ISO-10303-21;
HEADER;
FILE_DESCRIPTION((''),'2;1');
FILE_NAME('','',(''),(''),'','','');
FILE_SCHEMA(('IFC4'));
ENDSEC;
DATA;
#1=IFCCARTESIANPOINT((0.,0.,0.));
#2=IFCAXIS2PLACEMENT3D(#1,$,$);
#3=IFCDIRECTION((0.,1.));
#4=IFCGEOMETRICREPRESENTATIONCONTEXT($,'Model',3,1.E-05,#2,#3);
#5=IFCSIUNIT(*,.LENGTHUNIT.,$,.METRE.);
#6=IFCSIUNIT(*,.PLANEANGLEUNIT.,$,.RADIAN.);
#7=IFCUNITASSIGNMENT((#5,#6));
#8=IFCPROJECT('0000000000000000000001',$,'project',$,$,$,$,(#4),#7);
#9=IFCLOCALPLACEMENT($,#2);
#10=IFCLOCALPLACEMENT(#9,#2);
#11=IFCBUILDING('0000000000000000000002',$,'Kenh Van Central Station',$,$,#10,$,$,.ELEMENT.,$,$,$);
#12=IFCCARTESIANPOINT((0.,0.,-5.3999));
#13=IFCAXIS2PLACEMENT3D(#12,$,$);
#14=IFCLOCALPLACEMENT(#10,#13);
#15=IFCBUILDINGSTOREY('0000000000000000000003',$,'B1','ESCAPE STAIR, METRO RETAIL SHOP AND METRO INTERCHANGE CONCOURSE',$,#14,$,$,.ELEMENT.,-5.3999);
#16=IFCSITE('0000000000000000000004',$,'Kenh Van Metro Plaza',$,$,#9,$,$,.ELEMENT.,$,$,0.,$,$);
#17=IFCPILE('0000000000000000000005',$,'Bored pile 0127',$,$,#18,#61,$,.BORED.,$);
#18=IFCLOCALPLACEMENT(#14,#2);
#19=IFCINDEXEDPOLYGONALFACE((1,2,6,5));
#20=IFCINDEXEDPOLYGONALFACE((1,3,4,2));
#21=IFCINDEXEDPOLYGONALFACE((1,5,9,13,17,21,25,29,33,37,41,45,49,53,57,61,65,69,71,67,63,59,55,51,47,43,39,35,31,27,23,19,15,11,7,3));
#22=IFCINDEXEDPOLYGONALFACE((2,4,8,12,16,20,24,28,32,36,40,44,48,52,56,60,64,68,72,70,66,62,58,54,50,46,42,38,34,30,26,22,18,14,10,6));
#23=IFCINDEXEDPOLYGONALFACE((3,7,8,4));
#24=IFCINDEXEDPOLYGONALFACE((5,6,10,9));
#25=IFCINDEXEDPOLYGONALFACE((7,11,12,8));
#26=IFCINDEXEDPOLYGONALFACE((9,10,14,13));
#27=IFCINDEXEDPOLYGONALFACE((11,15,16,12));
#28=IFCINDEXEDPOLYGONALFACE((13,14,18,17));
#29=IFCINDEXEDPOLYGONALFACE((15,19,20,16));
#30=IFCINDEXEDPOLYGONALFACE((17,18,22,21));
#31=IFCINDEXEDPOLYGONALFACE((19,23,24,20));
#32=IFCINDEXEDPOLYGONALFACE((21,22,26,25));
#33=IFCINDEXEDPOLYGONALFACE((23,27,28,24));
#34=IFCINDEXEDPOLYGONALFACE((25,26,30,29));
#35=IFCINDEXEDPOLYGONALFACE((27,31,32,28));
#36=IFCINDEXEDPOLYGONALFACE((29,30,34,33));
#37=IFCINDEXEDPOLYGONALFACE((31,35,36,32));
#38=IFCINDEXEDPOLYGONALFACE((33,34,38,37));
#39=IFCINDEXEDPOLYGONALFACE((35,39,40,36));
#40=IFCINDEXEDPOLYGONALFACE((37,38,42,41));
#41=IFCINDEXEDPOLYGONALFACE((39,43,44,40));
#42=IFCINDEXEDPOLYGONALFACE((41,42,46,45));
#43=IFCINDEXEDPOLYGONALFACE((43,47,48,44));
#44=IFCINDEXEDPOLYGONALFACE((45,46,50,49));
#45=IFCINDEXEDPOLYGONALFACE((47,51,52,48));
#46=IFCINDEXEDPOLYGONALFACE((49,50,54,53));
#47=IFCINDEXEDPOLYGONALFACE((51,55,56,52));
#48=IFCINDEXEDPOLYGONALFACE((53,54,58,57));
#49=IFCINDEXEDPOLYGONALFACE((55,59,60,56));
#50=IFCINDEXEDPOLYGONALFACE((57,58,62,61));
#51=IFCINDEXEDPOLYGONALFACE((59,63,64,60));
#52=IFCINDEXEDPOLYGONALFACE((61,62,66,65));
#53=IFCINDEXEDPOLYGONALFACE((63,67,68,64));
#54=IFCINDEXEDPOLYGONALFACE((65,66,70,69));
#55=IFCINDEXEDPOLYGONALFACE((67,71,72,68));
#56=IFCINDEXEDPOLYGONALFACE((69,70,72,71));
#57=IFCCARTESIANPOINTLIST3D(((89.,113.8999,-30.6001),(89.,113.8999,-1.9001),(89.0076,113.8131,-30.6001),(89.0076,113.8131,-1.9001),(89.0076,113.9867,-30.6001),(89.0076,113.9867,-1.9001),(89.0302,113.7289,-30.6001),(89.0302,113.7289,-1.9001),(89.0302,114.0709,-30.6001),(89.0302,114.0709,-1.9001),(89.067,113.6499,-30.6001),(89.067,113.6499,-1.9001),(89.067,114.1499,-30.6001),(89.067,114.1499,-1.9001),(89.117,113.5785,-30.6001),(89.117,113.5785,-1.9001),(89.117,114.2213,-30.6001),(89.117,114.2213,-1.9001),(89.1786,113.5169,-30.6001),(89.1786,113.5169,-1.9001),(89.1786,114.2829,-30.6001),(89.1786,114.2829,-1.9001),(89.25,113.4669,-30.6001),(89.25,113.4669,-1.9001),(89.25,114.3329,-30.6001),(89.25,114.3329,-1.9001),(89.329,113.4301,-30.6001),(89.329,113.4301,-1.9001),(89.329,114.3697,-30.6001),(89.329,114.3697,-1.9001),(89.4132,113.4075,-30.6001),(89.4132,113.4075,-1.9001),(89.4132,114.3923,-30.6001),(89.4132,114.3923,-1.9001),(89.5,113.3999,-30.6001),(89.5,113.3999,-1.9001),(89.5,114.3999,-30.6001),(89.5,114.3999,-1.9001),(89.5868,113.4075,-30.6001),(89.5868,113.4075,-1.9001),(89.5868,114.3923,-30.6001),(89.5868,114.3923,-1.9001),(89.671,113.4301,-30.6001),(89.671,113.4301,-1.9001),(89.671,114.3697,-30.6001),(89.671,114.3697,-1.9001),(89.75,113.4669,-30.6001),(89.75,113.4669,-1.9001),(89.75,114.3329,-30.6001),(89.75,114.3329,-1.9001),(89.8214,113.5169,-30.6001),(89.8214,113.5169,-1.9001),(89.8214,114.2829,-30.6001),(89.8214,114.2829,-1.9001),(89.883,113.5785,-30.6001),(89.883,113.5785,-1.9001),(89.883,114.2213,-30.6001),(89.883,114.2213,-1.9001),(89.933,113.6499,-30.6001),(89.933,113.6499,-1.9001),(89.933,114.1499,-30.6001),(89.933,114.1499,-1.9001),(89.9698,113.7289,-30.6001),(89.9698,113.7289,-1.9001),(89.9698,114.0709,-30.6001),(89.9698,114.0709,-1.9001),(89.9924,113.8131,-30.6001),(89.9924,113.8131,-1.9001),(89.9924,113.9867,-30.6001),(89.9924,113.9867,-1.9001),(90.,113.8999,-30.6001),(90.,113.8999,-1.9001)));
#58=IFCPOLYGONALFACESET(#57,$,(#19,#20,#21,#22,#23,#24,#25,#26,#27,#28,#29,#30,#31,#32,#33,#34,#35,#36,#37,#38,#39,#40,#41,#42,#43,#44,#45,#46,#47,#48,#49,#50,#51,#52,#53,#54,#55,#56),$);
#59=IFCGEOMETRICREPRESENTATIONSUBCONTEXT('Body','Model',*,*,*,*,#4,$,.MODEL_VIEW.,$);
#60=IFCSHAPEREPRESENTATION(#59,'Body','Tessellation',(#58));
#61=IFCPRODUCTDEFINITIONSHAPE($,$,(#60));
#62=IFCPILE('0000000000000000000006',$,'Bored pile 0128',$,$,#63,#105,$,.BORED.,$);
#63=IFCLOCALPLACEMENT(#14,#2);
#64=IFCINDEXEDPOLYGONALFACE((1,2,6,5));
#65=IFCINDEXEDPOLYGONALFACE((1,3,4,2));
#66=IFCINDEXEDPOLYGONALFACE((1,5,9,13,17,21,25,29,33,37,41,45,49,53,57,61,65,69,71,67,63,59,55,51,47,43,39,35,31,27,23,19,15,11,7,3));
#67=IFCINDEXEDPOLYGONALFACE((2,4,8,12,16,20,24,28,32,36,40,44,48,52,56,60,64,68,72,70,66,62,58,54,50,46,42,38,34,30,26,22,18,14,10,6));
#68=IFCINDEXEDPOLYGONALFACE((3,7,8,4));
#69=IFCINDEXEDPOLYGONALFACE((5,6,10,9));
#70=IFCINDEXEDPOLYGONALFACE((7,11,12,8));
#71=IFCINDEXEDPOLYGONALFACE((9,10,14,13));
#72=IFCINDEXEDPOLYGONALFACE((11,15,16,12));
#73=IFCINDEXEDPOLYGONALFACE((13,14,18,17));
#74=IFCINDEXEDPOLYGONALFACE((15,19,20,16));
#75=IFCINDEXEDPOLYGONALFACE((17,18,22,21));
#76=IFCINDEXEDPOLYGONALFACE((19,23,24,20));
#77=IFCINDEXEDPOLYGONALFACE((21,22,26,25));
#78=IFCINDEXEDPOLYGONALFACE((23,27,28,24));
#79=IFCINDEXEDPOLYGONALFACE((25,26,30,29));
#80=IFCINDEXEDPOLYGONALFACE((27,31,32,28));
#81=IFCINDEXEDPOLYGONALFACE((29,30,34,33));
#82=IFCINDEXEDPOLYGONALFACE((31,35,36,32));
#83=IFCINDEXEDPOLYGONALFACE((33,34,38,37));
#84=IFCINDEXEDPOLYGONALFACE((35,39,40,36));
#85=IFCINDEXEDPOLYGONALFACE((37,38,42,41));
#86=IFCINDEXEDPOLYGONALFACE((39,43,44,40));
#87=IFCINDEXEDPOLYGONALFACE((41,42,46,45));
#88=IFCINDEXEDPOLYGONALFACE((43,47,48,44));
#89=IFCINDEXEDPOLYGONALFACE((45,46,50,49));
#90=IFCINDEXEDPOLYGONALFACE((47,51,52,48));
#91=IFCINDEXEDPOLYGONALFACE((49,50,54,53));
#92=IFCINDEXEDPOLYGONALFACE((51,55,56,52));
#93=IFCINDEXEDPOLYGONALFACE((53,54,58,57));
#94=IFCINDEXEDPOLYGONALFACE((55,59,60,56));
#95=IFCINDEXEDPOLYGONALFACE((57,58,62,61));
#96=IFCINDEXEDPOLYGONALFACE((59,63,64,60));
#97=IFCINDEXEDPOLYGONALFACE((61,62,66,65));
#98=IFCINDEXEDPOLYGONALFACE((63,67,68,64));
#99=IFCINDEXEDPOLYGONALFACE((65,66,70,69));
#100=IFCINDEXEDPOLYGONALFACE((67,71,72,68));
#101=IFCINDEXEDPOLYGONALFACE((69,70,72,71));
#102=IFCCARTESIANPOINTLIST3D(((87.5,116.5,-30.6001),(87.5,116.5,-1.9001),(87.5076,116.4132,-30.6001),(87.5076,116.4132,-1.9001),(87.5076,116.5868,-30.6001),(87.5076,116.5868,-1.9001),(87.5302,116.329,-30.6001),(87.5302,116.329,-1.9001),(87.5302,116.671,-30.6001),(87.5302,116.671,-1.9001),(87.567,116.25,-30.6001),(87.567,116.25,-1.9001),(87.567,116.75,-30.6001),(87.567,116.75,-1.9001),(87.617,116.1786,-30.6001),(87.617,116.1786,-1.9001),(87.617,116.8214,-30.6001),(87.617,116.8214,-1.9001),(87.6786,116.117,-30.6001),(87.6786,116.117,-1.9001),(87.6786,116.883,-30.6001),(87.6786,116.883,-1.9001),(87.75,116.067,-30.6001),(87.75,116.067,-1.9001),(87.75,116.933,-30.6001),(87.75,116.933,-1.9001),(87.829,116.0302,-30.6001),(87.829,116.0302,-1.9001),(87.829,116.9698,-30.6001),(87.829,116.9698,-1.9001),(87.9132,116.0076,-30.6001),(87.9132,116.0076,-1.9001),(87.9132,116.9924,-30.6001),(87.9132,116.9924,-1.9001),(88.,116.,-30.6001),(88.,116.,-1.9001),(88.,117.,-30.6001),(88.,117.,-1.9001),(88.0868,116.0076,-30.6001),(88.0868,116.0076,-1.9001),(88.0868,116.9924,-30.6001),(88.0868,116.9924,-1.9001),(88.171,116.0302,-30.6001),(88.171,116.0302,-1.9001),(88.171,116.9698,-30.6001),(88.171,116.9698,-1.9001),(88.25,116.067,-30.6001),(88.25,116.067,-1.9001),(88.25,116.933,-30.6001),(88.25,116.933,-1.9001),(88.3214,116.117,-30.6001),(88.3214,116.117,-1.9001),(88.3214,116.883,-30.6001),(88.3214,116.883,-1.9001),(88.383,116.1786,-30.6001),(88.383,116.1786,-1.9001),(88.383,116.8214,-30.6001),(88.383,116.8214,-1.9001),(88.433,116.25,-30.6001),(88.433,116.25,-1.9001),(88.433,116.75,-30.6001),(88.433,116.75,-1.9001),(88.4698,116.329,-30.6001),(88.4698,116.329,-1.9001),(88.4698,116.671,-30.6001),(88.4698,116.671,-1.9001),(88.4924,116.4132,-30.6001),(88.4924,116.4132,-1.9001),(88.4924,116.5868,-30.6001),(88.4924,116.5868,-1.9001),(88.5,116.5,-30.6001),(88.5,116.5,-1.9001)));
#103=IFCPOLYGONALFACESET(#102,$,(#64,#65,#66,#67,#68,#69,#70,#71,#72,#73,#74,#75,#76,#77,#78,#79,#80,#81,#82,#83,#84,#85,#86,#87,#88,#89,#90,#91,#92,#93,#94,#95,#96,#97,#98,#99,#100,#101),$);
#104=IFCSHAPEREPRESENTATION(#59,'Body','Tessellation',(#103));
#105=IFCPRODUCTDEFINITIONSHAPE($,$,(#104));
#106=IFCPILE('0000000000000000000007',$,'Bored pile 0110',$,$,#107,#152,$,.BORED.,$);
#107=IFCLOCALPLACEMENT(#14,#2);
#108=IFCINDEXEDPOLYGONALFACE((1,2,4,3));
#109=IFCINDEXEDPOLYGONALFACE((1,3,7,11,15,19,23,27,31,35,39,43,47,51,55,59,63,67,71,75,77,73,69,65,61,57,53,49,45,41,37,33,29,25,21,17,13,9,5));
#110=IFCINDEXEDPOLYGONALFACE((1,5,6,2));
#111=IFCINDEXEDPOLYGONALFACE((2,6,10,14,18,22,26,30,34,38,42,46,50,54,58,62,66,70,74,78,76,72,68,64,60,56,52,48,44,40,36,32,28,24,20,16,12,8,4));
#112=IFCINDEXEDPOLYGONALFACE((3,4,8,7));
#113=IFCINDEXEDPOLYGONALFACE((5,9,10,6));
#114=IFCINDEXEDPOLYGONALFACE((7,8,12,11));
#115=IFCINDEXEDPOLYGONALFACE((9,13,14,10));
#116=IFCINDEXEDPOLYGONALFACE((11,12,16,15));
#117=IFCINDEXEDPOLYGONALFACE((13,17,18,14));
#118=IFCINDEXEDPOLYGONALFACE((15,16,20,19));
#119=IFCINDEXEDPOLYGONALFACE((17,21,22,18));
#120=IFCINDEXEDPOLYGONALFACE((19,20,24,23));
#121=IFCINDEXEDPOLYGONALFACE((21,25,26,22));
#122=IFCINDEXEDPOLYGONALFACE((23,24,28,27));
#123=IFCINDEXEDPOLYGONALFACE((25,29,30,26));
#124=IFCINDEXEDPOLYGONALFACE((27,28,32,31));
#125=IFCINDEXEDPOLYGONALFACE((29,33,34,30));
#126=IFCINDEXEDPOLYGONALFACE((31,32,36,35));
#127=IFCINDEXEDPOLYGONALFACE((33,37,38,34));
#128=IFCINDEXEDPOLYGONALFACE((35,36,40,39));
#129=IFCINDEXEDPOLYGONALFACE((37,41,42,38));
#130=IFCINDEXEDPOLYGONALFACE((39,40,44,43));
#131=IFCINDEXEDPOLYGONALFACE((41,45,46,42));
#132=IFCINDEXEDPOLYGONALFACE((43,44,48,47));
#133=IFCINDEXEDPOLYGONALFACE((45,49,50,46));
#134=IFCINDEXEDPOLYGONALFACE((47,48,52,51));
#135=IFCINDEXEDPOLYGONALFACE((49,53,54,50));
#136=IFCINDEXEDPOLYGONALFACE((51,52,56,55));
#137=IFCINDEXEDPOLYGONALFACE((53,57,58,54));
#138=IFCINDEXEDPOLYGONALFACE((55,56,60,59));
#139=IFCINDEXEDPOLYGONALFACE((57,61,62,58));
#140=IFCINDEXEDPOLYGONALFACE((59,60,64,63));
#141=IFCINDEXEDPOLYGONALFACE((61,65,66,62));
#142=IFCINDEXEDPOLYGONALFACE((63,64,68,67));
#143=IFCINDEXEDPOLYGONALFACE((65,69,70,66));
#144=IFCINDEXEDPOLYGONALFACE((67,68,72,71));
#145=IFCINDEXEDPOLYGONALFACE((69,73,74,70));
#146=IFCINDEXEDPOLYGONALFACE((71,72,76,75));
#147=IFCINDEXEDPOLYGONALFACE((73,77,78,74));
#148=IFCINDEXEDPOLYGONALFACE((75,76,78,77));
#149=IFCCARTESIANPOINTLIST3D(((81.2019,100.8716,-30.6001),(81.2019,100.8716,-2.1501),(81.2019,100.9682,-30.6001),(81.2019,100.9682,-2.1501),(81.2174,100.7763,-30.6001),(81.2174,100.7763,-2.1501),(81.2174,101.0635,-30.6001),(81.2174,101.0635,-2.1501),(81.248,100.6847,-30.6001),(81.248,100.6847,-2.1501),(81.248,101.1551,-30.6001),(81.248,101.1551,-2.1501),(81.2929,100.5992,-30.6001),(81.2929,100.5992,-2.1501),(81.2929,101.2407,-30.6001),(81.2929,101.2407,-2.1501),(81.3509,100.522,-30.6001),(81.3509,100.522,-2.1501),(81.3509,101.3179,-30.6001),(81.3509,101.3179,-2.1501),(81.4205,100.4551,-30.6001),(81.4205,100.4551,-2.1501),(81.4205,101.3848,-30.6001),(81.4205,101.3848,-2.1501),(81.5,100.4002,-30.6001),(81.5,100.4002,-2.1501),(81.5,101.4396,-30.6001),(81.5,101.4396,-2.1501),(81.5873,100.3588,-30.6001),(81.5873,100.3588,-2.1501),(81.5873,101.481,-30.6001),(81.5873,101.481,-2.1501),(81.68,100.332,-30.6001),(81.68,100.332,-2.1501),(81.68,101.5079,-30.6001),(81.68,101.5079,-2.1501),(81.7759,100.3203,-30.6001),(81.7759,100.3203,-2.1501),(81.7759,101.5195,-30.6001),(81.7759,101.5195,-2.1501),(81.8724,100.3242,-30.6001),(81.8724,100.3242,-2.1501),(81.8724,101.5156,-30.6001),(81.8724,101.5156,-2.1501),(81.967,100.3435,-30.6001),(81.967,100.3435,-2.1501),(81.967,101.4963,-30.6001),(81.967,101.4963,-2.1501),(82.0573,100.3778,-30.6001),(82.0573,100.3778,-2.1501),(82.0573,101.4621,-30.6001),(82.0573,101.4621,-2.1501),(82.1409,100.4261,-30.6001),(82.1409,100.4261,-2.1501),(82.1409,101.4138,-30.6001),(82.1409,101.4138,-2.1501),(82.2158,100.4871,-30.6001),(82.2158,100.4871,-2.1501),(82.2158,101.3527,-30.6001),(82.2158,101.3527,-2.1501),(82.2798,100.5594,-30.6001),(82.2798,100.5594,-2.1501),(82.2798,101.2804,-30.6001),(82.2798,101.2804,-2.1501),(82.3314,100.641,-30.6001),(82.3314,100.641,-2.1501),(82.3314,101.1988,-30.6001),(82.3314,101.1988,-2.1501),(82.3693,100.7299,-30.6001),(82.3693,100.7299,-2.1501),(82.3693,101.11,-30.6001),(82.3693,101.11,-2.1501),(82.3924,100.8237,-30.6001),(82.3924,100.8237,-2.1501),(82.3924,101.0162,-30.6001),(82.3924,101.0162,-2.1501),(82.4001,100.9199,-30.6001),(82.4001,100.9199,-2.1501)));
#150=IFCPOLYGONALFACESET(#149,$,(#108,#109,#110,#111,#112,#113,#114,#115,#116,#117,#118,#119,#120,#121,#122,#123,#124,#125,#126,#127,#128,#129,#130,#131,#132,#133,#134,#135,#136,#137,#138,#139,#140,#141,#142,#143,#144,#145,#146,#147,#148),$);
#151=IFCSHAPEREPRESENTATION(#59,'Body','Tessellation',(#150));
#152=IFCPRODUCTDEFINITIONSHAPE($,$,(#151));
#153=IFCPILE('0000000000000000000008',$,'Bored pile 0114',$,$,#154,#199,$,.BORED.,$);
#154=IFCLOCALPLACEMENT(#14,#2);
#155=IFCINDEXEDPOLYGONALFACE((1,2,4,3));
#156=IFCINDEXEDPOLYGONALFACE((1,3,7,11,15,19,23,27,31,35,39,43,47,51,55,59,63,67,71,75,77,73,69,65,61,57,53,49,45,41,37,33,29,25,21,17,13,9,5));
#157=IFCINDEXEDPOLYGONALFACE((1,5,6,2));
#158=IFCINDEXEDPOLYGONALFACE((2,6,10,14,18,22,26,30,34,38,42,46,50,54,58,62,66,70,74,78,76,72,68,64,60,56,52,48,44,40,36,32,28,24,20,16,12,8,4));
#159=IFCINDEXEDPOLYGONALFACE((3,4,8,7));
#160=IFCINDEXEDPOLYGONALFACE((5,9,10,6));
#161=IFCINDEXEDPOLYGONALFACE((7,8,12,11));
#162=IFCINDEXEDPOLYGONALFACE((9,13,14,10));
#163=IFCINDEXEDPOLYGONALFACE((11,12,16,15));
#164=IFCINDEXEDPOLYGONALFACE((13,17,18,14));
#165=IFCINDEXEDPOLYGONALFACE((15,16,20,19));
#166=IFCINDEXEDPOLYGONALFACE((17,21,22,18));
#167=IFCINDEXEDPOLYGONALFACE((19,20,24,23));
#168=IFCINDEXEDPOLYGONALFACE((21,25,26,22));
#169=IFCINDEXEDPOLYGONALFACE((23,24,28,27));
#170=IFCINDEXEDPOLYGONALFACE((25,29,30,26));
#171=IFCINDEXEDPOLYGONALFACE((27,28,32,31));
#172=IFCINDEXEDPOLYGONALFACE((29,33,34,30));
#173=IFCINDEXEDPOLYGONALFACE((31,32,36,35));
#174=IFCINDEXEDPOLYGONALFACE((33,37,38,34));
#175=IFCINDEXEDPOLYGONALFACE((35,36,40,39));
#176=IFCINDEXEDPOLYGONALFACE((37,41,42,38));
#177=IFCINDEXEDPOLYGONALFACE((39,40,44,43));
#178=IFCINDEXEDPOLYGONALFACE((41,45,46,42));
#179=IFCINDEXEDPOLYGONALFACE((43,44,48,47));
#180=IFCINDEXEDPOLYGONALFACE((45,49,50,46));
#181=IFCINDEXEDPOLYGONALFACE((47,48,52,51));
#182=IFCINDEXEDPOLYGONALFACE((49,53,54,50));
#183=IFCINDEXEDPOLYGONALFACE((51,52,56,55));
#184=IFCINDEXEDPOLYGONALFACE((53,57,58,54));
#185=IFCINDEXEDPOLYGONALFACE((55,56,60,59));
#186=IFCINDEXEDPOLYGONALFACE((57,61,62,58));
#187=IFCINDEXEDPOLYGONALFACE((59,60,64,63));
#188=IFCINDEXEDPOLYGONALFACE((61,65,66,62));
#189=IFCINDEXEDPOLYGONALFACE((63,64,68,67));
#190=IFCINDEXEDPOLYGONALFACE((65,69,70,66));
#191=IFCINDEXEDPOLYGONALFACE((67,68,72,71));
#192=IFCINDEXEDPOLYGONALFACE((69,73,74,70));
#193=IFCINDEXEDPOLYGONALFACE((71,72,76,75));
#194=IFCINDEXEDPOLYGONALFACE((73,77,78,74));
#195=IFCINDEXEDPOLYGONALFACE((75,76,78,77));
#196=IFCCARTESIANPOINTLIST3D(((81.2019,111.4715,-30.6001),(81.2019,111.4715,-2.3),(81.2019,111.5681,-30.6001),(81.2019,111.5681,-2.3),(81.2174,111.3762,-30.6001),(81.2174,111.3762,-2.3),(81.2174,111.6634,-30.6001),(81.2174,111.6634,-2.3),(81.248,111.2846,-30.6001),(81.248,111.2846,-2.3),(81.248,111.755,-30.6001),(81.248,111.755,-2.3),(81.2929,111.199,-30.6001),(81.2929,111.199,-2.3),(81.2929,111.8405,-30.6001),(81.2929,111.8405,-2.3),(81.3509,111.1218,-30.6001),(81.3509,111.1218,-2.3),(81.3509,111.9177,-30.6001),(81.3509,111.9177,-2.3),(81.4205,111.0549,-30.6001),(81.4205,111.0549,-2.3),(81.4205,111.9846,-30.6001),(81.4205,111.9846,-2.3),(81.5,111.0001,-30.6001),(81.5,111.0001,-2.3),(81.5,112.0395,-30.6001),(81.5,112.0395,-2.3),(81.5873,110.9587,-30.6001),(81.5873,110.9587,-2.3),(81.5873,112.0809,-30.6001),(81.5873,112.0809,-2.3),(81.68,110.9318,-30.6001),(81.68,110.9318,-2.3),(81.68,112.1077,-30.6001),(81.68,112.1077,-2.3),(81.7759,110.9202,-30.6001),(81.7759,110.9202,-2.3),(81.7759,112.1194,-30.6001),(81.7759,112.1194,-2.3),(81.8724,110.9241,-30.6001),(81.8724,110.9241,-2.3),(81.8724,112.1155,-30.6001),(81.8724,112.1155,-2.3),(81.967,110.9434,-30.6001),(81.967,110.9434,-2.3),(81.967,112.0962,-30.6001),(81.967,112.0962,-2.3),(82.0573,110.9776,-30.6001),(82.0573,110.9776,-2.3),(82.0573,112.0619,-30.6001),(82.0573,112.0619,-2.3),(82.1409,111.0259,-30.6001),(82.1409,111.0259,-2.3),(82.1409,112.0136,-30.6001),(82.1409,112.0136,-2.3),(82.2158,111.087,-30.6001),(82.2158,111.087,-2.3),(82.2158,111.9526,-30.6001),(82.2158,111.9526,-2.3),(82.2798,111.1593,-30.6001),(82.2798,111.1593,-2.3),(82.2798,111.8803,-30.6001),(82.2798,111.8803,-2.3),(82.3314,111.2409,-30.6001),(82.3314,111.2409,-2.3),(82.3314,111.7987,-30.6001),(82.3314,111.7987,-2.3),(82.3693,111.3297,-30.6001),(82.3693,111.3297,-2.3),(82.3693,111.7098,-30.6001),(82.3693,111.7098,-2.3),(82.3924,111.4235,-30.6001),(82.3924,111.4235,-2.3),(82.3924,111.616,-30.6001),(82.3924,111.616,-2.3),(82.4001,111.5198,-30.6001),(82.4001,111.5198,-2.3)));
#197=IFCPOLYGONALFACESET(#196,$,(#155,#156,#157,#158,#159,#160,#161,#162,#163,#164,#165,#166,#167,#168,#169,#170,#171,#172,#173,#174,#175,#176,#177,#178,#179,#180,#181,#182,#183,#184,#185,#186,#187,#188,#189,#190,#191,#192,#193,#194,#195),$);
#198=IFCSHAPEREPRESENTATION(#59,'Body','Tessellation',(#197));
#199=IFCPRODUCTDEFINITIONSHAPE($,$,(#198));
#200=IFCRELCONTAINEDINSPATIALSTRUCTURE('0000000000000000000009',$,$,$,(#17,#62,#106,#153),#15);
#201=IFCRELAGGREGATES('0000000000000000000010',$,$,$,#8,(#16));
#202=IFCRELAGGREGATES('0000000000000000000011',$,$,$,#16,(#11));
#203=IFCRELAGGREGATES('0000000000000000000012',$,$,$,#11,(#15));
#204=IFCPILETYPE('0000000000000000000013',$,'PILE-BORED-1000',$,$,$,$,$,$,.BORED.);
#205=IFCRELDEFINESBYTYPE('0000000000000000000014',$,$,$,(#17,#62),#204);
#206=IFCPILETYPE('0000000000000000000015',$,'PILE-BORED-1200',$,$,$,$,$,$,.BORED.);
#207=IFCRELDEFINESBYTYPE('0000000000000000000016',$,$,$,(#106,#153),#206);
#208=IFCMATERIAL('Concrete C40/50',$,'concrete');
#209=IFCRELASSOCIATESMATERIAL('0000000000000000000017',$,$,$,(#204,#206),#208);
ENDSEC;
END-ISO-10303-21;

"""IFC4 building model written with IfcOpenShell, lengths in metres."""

from ifc_helpers import new_model, si_unit, direction, frame, origin, origin_2d, place, context, subcontext, project, spatial, circle, extrude, material, material_profile, profile_set, type_object, element, save


model = new_model("IFC4")

# Units and contexts
model_context = context("Model", 3, precision=1e-05, world=origin(), true_north=direction((0.0, 1.0)))
body_context = subcontext(model_context, "Body", "Model", "MODEL_VIEW")
ifc_project = project(units=[si_unit("LENGTHUNIT", "METRE"), si_unit("PLANEANGLEUNIT", "RADIAN")], contexts=[model_context])

# Site, building, storey
site_placement = place(None, origin())
site = spatial("IfcSite", under=ifc_project, at=site_placement, Name="Kenh Van Metro Plaza", CompositionType="ELEMENT", RefElevation=0.0)
building_placement = place(site_placement, origin())
building = spatial("IfcBuilding", under=site, at=building_placement, Name="Kenh Van Central Station", CompositionType="ELEMENT")
storey_placement = place(building_placement, frame((0.0, 0.0, -5.3999)))
storey = spatial("IfcBuildingStorey", under=building, at=storey_placement, Name="B1", Description="ESCAPE STAIR, METRO RETAIL SHOP AND METRO INTERCHANGE CONCOURSE", CompositionType="ELEMENT", Elevation=-5.3999)

# Shared definitions
ifc_material_1 = material(Name="Concrete C40/50", Category="concrete")

# Piles
ifc_material_profile_1 = material_profile(ifc_material_1, circle(Radius=0.5, at=origin_2d()), Name="PILE D1000")
ifc_profile_set_1 = profile_set([ifc_material_profile_1], Name="Concrete C40/50")
pile_type_1 = type_object("IfcPileType", Name="PILE-BORED-1000", PredefinedType="BORED", material=ifc_profile_set_1)
for number, where, z_axis, x_axis, name in (
    (1, (89.5, 113.8999, -1.9001), (0.0, 0.0, -1.0), (1.0, 0.0, 0.0), "Bored pile 0127"),
    (2, (88.0, 116.5, -1.9001), (0.0, 0.0, -1.0), (1.0, 0.0, 0.0), "Bored pile 0128"),
):
    element("IfcPile", number, at=place(storey_placement, frame(where, z_axis=z_axis, x_axis=x_axis)), inside=storey, type_object=pile_type_1, Name=name, PredefinedType="BORED", context=body_context, shape_type="SweptSolid", body=[
        extrude(circle(Radius=0.5, at=origin_2d()), origin(), (0.0, 0.0, 1.0), 28.7),
    ])
ifc_material_profile_2 = material_profile(ifc_material_1, circle(Radius=0.6001, at=origin_2d()), Name="PILE D1200")
ifc_profile_set_2 = profile_set([ifc_material_profile_2], Name="Concrete C40/50")
pile_type_2 = type_object("IfcPileType", Name="PILE-BORED-1200", PredefinedType="BORED", material=ifc_profile_set_2)
pile_1_placement = place(storey_placement, frame((81.8, 100.9199, -2.1501), z_axis=(0.0, 0.0, -1.0), x_axis=(1.0, 0.0, 0.0)))
element("IfcPile", 3, at=pile_1_placement, inside=storey, type_object=pile_type_2, Name="Bored pile 0110", PredefinedType="BORED", context=body_context, shape_type="SweptSolid", body=[
    extrude(circle(Radius=0.6001, at=origin_2d()), origin(), (0.0, 0.0, 1.0), 28.45),
])
for number, where, z_axis, x_axis, name in (
    (4, (81.8, 111.5198, -2.3), (0.0, 0.0, -1.0), (1.0, 0.0, 0.0), "Bored pile 0114"),
):
    element("IfcPile", number, at=place(storey_placement, frame(where, z_axis=z_axis, x_axis=x_axis)), inside=storey, type_object=pile_type_2, Name=name, PredefinedType="BORED", context=body_context, shape_type="SweptSolid", body=[
        extrude(circle(Radius=0.6001, at=origin_2d()), origin(), (0.0, 0.0, 1.0), 28.3),
    ])

save(model, "model.ifc")
